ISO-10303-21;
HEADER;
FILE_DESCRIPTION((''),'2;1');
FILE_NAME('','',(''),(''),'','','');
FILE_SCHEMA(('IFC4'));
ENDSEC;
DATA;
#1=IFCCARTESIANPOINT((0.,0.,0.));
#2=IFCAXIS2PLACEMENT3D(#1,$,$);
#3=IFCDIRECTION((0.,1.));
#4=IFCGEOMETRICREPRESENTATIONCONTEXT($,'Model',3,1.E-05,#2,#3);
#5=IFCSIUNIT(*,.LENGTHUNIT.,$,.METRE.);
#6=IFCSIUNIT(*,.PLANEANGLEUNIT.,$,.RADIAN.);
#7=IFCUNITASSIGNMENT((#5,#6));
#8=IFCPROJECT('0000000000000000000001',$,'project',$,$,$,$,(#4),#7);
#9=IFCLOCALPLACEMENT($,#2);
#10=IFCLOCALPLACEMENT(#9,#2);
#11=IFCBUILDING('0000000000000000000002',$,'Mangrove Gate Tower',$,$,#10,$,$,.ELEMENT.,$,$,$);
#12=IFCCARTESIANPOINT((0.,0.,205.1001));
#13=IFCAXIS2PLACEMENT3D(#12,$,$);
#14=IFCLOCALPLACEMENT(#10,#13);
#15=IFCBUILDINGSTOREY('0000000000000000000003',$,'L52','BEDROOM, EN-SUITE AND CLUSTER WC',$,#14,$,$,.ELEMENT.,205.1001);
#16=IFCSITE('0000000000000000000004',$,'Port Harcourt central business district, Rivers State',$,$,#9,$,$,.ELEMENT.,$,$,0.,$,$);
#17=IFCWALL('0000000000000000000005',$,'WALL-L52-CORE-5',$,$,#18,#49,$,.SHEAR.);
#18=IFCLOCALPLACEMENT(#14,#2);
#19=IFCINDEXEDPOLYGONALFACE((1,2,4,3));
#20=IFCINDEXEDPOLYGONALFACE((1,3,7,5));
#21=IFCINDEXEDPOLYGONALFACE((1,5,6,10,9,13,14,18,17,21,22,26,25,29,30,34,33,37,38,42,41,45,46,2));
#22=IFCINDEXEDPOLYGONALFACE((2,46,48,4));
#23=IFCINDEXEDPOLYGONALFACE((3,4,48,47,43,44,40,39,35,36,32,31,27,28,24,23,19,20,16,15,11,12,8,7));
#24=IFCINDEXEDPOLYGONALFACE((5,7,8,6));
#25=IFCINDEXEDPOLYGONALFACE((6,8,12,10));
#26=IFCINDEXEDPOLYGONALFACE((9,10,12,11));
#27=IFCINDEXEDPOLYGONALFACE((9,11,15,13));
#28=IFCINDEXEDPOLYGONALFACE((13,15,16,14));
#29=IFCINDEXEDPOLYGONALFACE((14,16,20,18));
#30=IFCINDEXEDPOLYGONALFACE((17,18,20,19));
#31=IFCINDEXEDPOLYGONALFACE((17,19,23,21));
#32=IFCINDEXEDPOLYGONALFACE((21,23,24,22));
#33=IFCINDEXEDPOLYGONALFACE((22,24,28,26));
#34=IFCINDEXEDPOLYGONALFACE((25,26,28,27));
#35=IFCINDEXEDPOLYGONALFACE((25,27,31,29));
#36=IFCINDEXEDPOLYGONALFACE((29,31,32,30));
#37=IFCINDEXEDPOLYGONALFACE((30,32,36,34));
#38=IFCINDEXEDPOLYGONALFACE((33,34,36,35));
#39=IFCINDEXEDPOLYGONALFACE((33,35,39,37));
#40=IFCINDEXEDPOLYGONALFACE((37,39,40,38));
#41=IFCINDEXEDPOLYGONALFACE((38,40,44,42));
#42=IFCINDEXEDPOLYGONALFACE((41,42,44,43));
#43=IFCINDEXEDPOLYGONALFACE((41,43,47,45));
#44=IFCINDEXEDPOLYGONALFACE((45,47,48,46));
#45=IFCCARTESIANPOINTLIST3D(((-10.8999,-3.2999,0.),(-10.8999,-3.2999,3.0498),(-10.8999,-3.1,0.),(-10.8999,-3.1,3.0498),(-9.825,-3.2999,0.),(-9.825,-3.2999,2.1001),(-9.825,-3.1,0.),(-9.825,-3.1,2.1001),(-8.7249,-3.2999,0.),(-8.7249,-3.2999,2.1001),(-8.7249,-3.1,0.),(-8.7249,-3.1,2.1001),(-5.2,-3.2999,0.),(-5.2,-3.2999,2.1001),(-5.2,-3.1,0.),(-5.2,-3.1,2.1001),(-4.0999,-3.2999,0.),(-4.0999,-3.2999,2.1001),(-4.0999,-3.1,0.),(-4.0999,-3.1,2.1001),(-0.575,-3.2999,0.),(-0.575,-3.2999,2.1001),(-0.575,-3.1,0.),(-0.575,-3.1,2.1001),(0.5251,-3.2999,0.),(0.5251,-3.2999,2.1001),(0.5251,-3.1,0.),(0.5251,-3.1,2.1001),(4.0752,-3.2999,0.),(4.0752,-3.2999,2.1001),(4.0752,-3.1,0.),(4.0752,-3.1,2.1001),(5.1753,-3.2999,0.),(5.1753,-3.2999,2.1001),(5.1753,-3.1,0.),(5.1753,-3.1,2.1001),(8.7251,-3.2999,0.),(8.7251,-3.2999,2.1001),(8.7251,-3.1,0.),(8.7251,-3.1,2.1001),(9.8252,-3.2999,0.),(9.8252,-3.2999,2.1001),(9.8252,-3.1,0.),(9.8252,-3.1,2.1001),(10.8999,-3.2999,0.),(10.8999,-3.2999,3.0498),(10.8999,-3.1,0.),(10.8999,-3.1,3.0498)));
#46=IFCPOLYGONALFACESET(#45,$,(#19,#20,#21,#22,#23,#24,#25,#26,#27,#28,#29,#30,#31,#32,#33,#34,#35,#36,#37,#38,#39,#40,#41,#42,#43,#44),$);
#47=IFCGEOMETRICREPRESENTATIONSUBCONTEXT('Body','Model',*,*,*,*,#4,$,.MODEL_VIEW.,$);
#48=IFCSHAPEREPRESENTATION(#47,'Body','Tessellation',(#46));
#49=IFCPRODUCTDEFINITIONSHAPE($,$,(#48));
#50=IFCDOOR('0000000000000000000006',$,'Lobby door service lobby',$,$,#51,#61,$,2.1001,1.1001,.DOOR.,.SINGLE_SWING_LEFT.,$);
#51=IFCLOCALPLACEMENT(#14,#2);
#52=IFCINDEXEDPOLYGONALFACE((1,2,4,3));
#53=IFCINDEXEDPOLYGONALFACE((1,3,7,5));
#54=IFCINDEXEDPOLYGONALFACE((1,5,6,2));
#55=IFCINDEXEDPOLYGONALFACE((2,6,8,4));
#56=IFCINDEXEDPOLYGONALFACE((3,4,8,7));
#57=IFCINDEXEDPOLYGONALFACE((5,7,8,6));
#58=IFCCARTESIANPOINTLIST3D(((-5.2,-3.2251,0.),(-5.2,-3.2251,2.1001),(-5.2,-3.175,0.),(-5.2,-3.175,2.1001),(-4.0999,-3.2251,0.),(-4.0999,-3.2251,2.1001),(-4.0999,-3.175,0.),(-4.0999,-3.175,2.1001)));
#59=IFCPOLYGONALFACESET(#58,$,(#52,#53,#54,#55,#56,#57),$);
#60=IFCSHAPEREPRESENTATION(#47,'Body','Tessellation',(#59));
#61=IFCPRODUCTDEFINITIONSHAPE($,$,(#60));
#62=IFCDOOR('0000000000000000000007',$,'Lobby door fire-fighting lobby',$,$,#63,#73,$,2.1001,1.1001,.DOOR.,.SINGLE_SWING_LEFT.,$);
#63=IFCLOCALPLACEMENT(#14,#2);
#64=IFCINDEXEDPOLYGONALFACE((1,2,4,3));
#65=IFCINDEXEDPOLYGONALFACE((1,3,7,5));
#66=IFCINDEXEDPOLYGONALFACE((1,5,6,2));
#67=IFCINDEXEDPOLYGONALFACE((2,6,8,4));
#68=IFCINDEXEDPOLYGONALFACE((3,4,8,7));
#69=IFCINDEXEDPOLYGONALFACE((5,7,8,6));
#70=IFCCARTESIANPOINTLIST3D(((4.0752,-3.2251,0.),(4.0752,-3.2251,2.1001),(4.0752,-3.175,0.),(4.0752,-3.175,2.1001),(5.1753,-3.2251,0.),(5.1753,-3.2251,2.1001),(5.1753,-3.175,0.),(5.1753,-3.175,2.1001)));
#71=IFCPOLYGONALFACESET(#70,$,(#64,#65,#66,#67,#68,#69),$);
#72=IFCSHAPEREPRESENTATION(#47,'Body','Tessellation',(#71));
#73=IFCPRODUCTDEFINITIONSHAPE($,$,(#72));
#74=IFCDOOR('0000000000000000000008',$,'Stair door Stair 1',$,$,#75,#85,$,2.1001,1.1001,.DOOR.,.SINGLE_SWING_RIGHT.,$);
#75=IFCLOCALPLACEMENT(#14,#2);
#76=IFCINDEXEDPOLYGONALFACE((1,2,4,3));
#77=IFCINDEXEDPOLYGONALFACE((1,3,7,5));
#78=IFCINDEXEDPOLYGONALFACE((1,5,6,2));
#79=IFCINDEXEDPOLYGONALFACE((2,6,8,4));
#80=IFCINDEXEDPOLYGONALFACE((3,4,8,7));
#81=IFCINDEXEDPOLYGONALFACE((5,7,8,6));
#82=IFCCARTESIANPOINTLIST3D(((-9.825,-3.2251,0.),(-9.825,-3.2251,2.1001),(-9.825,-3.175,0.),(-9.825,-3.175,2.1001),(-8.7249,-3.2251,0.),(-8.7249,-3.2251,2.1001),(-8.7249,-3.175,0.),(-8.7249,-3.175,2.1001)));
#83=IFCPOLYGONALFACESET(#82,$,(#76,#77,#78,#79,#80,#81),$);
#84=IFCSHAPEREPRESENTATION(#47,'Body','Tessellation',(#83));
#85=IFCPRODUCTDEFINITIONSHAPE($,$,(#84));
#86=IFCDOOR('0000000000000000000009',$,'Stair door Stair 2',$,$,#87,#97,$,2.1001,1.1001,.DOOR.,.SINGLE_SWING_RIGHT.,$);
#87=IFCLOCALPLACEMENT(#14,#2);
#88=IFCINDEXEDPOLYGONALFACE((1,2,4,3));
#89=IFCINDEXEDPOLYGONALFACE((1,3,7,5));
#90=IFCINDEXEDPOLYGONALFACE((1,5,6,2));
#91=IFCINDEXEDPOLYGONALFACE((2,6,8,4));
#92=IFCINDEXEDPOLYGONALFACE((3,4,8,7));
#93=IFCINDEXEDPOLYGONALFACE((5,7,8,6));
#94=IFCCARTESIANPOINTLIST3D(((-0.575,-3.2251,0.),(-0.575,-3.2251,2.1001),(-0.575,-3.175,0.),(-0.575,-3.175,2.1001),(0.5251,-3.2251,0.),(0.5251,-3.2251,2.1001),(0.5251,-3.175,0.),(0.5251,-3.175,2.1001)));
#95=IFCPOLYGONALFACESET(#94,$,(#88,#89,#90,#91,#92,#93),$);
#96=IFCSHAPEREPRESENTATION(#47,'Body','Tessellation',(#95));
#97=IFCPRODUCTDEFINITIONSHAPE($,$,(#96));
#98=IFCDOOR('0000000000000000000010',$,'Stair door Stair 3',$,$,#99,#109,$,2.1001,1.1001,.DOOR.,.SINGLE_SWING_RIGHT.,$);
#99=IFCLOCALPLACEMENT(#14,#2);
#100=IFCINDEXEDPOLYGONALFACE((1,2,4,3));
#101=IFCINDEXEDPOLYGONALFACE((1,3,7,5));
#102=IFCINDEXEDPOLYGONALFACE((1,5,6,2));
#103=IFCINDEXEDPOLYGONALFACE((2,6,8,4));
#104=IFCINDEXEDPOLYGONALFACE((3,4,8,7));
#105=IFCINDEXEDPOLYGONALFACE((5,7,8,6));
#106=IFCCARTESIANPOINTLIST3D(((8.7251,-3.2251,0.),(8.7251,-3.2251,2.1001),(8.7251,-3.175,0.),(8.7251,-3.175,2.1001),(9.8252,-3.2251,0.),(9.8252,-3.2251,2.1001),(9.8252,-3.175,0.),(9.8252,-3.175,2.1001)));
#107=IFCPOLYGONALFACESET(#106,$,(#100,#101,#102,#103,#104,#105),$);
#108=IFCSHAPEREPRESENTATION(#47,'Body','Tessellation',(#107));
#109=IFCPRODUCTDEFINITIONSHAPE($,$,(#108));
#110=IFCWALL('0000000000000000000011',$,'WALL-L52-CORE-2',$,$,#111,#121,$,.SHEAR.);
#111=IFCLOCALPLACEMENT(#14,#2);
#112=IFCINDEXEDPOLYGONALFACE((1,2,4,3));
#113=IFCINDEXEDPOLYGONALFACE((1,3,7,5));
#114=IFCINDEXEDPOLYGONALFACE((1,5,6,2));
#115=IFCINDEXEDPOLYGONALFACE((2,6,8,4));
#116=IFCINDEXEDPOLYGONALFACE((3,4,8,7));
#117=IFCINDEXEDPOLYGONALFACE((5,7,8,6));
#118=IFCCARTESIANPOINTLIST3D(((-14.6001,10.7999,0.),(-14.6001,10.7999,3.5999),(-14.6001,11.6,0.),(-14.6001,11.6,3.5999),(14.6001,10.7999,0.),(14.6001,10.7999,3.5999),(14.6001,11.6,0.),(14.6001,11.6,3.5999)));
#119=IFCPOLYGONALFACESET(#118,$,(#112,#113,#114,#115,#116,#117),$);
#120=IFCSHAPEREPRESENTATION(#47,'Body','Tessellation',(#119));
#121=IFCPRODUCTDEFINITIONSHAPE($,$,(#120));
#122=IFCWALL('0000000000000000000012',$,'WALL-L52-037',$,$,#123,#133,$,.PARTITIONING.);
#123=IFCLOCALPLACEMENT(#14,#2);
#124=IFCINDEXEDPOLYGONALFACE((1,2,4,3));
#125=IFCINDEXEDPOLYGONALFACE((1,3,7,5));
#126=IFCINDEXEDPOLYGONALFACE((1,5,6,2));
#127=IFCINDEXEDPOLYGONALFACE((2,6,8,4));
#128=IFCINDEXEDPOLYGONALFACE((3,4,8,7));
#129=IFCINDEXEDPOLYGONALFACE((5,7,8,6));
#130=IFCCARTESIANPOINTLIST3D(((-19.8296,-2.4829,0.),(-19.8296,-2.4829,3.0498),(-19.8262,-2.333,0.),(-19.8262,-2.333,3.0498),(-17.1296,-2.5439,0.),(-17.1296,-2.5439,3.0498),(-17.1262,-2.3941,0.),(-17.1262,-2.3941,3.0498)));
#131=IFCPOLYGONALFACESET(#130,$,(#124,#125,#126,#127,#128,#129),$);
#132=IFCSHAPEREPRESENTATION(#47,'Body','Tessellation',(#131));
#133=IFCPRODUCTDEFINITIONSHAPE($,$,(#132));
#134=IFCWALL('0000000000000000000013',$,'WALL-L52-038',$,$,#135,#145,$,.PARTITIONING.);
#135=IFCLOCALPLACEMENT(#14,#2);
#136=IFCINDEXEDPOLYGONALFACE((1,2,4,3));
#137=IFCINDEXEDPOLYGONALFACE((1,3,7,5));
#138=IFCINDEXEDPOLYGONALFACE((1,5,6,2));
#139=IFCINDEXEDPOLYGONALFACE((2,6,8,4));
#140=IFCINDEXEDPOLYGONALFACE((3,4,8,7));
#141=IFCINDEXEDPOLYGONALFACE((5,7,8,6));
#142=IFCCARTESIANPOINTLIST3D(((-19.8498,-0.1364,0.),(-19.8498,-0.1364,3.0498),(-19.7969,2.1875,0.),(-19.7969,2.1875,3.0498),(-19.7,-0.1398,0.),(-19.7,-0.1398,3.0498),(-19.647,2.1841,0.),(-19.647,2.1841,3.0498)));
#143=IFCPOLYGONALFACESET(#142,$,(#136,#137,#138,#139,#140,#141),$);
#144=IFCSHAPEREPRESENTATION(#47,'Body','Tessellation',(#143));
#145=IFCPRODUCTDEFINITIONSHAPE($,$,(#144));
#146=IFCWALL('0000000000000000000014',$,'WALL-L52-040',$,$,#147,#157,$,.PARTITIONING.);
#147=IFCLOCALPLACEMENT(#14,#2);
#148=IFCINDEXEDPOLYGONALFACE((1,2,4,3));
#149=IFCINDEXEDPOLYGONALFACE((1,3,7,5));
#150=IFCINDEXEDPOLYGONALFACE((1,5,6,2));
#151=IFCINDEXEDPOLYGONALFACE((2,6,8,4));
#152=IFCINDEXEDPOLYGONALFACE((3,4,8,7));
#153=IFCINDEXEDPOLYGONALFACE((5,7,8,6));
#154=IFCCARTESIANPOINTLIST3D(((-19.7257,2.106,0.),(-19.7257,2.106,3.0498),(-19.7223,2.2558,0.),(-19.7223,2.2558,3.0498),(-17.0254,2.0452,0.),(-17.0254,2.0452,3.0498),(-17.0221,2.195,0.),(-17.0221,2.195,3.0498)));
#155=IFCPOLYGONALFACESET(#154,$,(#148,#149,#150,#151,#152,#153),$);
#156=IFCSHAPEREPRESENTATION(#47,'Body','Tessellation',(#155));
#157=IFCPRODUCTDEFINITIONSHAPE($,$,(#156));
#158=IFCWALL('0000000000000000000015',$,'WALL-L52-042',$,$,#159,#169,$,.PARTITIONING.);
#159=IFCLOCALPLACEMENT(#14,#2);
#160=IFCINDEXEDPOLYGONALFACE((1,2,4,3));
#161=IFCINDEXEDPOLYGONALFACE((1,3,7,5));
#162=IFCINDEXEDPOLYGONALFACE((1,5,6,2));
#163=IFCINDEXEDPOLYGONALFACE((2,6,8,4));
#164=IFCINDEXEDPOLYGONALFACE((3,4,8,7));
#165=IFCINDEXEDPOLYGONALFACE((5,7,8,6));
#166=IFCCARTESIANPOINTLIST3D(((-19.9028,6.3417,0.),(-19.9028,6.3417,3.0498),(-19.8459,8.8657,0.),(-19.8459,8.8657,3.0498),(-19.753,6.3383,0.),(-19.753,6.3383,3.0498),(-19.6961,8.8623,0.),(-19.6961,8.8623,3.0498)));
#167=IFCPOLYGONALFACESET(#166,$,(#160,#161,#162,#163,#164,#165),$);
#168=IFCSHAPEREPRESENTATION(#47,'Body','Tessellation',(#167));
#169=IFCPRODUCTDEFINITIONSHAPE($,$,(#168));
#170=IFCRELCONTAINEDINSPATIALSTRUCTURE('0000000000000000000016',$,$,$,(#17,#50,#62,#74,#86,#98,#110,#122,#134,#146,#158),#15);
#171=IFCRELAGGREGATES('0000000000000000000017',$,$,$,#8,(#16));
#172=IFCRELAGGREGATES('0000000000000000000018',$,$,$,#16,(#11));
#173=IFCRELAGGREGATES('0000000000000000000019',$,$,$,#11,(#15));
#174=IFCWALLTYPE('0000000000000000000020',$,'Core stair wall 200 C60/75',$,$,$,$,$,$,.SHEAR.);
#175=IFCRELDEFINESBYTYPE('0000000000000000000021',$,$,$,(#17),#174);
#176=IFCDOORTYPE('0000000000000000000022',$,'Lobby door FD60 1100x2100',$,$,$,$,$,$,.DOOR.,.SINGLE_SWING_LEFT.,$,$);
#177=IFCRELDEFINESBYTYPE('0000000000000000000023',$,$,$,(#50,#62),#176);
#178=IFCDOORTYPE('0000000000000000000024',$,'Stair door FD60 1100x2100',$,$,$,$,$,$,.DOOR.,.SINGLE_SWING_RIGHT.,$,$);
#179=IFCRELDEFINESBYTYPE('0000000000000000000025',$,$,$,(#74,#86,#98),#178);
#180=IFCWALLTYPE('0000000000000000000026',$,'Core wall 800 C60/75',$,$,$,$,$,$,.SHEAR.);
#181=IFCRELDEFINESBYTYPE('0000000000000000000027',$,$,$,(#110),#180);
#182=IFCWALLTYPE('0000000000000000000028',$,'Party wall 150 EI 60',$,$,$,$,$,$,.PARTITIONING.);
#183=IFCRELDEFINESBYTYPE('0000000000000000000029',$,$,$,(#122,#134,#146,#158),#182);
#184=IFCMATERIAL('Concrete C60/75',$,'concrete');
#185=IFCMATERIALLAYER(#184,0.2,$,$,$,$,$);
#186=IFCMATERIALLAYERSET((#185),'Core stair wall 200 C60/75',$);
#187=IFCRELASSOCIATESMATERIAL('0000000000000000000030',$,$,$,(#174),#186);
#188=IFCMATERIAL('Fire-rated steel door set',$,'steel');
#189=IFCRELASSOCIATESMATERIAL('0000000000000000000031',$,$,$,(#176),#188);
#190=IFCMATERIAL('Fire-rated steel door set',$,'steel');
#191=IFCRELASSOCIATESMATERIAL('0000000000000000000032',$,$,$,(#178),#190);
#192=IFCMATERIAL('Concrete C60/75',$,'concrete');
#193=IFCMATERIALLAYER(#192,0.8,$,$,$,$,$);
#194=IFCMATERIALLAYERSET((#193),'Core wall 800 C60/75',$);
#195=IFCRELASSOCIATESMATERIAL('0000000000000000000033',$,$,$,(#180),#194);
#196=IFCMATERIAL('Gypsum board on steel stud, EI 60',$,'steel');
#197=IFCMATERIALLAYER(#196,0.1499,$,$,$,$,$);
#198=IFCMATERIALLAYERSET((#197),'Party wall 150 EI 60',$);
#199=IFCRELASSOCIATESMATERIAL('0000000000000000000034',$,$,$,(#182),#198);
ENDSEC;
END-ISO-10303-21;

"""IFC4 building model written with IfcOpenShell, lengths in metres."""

from ifc_helpers import new_model, si_unit, direction, frame, frame_2d, origin, place, context, subcontext, project, spatial, rectangle, extrude, material, layer, layer_set, type_object, element, fill, save


model = new_model("IFC4")

# Units and contexts
model_context = context("Model", 3, precision=1e-05, world=origin(), true_north=direction((0.0, 1.0)))
body_context = subcontext(model_context, "Body", "Model", "MODEL_VIEW")
ifc_project = project(units=[si_unit("LENGTHUNIT", "METRE"), si_unit("PLANEANGLEUNIT", "RADIAN")], contexts=[model_context])

# Site, building, storey
site_placement = place(None, origin())
site = spatial("IfcSite", under=ifc_project, at=site_placement, Name="Port Harcourt central business district, Rivers State", CompositionType="ELEMENT", RefElevation=0.0)
building_placement = place(site_placement, origin())
building = spatial("IfcBuilding", under=site, at=building_placement, Name="Mangrove Gate Tower", CompositionType="ELEMENT")
storey_placement = place(building_placement, frame((0.0, 0.0, 205.1001)))
storey = spatial("IfcBuildingStorey", under=building, at=storey_placement, Name="L52", Description="BEDROOM, EN-SUITE AND CLUSTER WC", CompositionType="ELEMENT", Elevation=205.1001)

# Wall, openings, doors
ifc_material_1 = material(Name="Concrete C60/75", Category="concrete")
ifc_layer_1 = layer(ifc_material_1, 0.2)
ifc_layer_set_1 = layer_set([ifc_layer_1], Name="Core stair wall 200 C60/75")
wall_type_1 = type_object("IfcWallType", Name="Core stair wall 200 C60/75", PredefinedType="SHEAR", material=ifc_layer_set_1)
wall_1_placement = place(storey_placement, frame((-10.8999, -3.2, 0.0), z_axis=(0.0, 0.0, 1.0), x_axis=(1.0, 0.0, 0.0)))
wall_1 = element("IfcWall", 1, at=wall_1_placement, inside=storey, type_object=wall_type_1, Name="WALL-L52-CORE-5", PredefinedType="SHEAR", context=body_context, shape_type="SweptSolid", body=[
    extrude(rectangle(XDim=21.7998, YDim=0.2, at=frame_2d((10.8999, 0.0))), origin(), (0.0, 0.0, 1.0), 3.0498),
])
opening_1_placement = place(wall_1_placement, frame((1.075, 0.0, 0.0)))
opening_1 = element("IfcOpeningElement", 2, at=opening_1_placement, cuts=wall_1, PredefinedType="OPENING", context=body_context, shape_type="SweptSolid", body=[
    extrude(rectangle(XDim=1.1001, YDim=2.1001, at=frame_2d((0.55, 1.05))), frame((0.0, 0.1099, 0.0), z_axis=(0.0, -1.0, 0.0), x_axis=(1.0, 0.0, 0.0)), (0.0, 0.0, 1.0), 0.22),
])
opening_2_placement = place(wall_1_placement, frame((10.325, 0.0, 0.0)))
opening_2 = element("IfcOpeningElement", 3, at=opening_2_placement, cuts=wall_1, PredefinedType="OPENING", context=body_context, shape_type="SweptSolid", body=[
    extrude(rectangle(XDim=1.1001, YDim=2.1001, at=frame_2d((0.55, 1.05))), frame((0.0, 0.1099, 0.0), z_axis=(0.0, -1.0, 0.0), x_axis=(1.0, 0.0, 0.0)), (0.0, 0.0, 1.0), 0.22),
])
opening_3_placement = place(wall_1_placement, frame((19.625, 0.0, 0.0)))
opening_3 = element("IfcOpeningElement", 4, at=opening_3_placement, cuts=wall_1, PredefinedType="OPENING", context=body_context, shape_type="SweptSolid", body=[
    extrude(rectangle(XDim=1.1001, YDim=2.1001, at=frame_2d((0.55, 1.05))), frame((0.0, 0.1099, 0.0), z_axis=(0.0, -1.0, 0.0), x_axis=(1.0, 0.0, 0.0)), (0.0, 0.0, 1.0), 0.22),
])
opening_4_placement = place(wall_1_placement, frame((5.7, 0.0, 0.0)))
opening_4 = element("IfcOpeningElement", 5, at=opening_4_placement, cuts=wall_1, PredefinedType="OPENING", context=body_context, shape_type="SweptSolid", body=[
    extrude(rectangle(XDim=1.1001, YDim=2.1001, at=frame_2d((0.55, 1.05))), frame((0.0, 0.1099, 0.0), z_axis=(0.0, -1.0, 0.0), x_axis=(1.0, 0.0, 0.0)), (0.0, 0.0, 1.0), 0.22),
])
opening_5_placement = place(wall_1_placement, frame((14.9751, 0.0, 0.0)))
opening_5 = element("IfcOpeningElement", 6, at=opening_5_placement, cuts=wall_1, PredefinedType="OPENING", context=body_context, shape_type="SweptSolid", body=[
    extrude(rectangle(XDim=1.1001, YDim=2.1001, at=frame_2d((0.55, 1.05))), frame((0.0, 0.1099, 0.0), z_axis=(0.0, -1.0, 0.0), x_axis=(1.0, 0.0, 0.0)), (0.0, 0.0, 1.0), 0.22),
])
ifc_material_2 = material(Name="Fire-rated steel door set", Category="steel")
door_type_1 = type_object("IfcDoorType", Name="Lobby door FD60 1100x2100", OperationType="SINGLE_SWING_LEFT", PredefinedType="DOOR", material=ifc_material_2)
door_1_placement = place(opening_4_placement, origin())
door_1 = element("IfcDoor", 7, at=door_1_placement, inside=storey, type_object=door_type_1, Name="Lobby door service lobby", OperationType="SINGLE_SWING_LEFT", OverallHeight=2.1001, OverallWidth=1.1001, PredefinedType="DOOR", context=body_context, shape_type="SweptSolid", body=[
    extrude(rectangle(XDim=1.1001, YDim=2.1001, at=frame_2d((0.55, 1.05))), frame((0.0, 0.0249, 0.0), z_axis=(0.0, -1.0, 0.0), x_axis=(1.0, 0.0, 0.0)), (0.0, 0.0, 1.0), 0.05),
])
fill(opening_4, door_1)
door_2_placement = place(opening_5_placement, origin())
door_2 = element("IfcDoor", 8, at=door_2_placement, inside=storey, type_object=door_type_1, Name="Lobby door fire-fighting lobby", OperationType="SINGLE_SWING_LEFT", OverallHeight=2.1001, OverallWidth=1.1001, PredefinedType="DOOR", context=body_context, shape_type="SweptSolid", body=[
    extrude(rectangle(XDim=1.1001, YDim=2.1001, at=frame_2d((0.55, 1.05))), frame((0.0, 0.0249, 0.0), z_axis=(0.0, -1.0, 0.0), x_axis=(1.0, 0.0, 0.0)), (0.0, 0.0, 1.0), 0.05),
])
fill(opening_5, door_2)
ifc_material_3 = material(Name="Fire-rated steel door set", Category="steel")
door_type_2 = type_object("IfcDoorType", Name="Stair door FD60 1100x2100", OperationType="SINGLE_SWING_RIGHT", PredefinedType="DOOR", material=ifc_material_3)
door_3_placement = place(opening_1_placement, origin())
door_3 = element("IfcDoor", 9, at=door_3_placement, inside=storey, type_object=door_type_2, Name="Stair door Stair 1", OperationType="SINGLE_SWING_RIGHT", OverallHeight=2.1001, OverallWidth=1.1001, PredefinedType="DOOR", context=body_context, shape_type="SweptSolid", body=[
    extrude(rectangle(XDim=1.1001, YDim=2.1001, at=frame_2d((0.55, 1.05))), frame((0.0, 0.0249, 0.0), z_axis=(0.0, -1.0, 0.0), x_axis=(1.0, 0.0, 0.0)), (0.0, 0.0, 1.0), 0.05),
])
fill(opening_1, door_3)
door_4_placement = place(opening_2_placement, origin())
door_4 = element("IfcDoor", 10, at=door_4_placement, inside=storey, type_object=door_type_2, Name="Stair door Stair 2", OperationType="SINGLE_SWING_RIGHT", OverallHeight=2.1001, OverallWidth=1.1001, PredefinedType="DOOR", context=body_context, shape_type="SweptSolid", body=[
    extrude(rectangle(XDim=1.1001, YDim=2.1001, at=frame_2d((0.55, 1.05))), frame((0.0, 0.0249, 0.0), z_axis=(0.0, -1.0, 0.0), x_axis=(1.0, 0.0, 0.0)), (0.0, 0.0, 1.0), 0.05),
])
fill(opening_2, door_4)
door_5_placement = place(opening_3_placement, origin())
door_5 = element("IfcDoor", 11, at=door_5_placement, inside=storey, type_object=door_type_2, Name="Stair door Stair 3", OperationType="SINGLE_SWING_RIGHT", OverallHeight=2.1001, OverallWidth=1.1001, PredefinedType="DOOR", context=body_context, shape_type="SweptSolid", body=[
    extrude(rectangle(XDim=1.1001, YDim=2.1001, at=frame_2d((0.55, 1.05))), frame((0.0, 0.0249, 0.0), z_axis=(0.0, -1.0, 0.0), x_axis=(1.0, 0.0, 0.0)), (0.0, 0.0, 1.0), 0.05),
])
fill(opening_3, door_5)

# Walls
ifc_material_4 = material(Name="Concrete C60/75", Category="concrete")
ifc_layer_2 = layer(ifc_material_4, 0.8)
ifc_layer_set_2 = layer_set([ifc_layer_2], Name="Core wall 800 C60/75")
wall_type_2 = type_object("IfcWallType", Name="Core wall 800 C60/75", PredefinedType="SHEAR", material=ifc_layer_set_2)
wall_2_placement = place(storey_placement, frame((-14.6001, 11.2, 0.0), z_axis=(0.0, 0.0, 1.0), x_axis=(1.0, 0.0, 0.0)))
element("IfcWall", 12, at=wall_2_placement, inside=storey, type_object=wall_type_2, Name="WALL-L52-CORE-2", PredefinedType="SHEAR", context=body_context, shape_type="SweptSolid", body=[
    extrude(rectangle(XDim=29.2002, YDim=0.8, at=frame_2d((14.6001, 0.0))), origin(), (0.0, 0.0, 1.0), 3.5999),
])
ifc_material_5 = material(Name="Gypsum board on steel stud, EI 60", Category="steel")
ifc_layer_3 = layer(ifc_material_5, 0.1499)
ifc_layer_set_3 = layer_set([ifc_layer_3], Name="Party wall 150 EI 60")
wall_type_3 = type_object("IfcWallType", Name="Party wall 150 EI 60", PredefinedType="PARTITIONING", material=ifc_layer_set_3)
wall_3_placement = place(storey_placement, frame((-19.8279, -2.408, 0.0), z_axis=(0.0, 0.0, 1.0), x_axis=(0.999745, -0.0226, 0.0)))
element("IfcWall", 13, at=wall_3_placement, inside=storey, type_object=wall_type_3, Name="WALL-L52-037", PredefinedType="PARTITIONING", context=body_context, shape_type="SweptSolid", body=[
    extrude(rectangle(XDim=2.7007, YDim=0.1499, at=frame_2d((1.3503, 0.0))), origin(), (0.0, 0.0, 1.0), 3.0498),
])
wall_4_placement = place(storey_placement, frame((-19.7749, -0.1379, 0.0), z_axis=(0.0, 0.0, 1.0), x_axis=(0.022791, 0.99974, 0.0)))
element("IfcWall", 14, at=wall_4_placement, inside=storey, type_object=wall_type_3, Name="WALL-L52-038", PredefinedType="PARTITIONING", context=body_context, shape_type="SweptSolid", body=[
    extrude(rectangle(XDim=2.3245, YDim=0.1499, at=frame_2d((1.1621, 0.0))), origin(), (0.0, 0.0, 1.0), 3.0498),
])
wall_5_placement = place(storey_placement, frame((-19.7241, 2.1809, 0.0), z_axis=(0.0, 0.0, 1.0), x_axis=(0.999747, -0.022508, 0.0)))
element("IfcWall", 15, at=wall_5_placement, inside=storey, type_object=wall_type_3, Name="WALL-L52-040", PredefinedType="PARTITIONING", context=body_context, shape_type="SweptSolid", body=[
    extrude(rectangle(XDim=2.7009, YDim=0.1499, at=frame_2d((1.3506, 0.0))), origin(), (0.0, 0.0, 1.0), 3.0498),
])
wall_6_placement = place(storey_placement, frame((-19.8279, 6.3401, 0.0), z_axis=(0.0, 0.0, 1.0), x_axis=(0.022532, 0.999746, 0.0)))
element("IfcWall", 16, at=wall_6_placement, inside=storey, type_object=wall_type_3, Name="WALL-L52-042", PredefinedType="PARTITIONING", context=body_context, shape_type="SweptSolid", body=[
    extrude(rectangle(XDim=2.5247, YDim=0.1499, at=frame_2d((1.2622, 0.0))), origin(), (0.0, 0.0, 1.0), 3.0498),
])

save(model, "model.ifc")
